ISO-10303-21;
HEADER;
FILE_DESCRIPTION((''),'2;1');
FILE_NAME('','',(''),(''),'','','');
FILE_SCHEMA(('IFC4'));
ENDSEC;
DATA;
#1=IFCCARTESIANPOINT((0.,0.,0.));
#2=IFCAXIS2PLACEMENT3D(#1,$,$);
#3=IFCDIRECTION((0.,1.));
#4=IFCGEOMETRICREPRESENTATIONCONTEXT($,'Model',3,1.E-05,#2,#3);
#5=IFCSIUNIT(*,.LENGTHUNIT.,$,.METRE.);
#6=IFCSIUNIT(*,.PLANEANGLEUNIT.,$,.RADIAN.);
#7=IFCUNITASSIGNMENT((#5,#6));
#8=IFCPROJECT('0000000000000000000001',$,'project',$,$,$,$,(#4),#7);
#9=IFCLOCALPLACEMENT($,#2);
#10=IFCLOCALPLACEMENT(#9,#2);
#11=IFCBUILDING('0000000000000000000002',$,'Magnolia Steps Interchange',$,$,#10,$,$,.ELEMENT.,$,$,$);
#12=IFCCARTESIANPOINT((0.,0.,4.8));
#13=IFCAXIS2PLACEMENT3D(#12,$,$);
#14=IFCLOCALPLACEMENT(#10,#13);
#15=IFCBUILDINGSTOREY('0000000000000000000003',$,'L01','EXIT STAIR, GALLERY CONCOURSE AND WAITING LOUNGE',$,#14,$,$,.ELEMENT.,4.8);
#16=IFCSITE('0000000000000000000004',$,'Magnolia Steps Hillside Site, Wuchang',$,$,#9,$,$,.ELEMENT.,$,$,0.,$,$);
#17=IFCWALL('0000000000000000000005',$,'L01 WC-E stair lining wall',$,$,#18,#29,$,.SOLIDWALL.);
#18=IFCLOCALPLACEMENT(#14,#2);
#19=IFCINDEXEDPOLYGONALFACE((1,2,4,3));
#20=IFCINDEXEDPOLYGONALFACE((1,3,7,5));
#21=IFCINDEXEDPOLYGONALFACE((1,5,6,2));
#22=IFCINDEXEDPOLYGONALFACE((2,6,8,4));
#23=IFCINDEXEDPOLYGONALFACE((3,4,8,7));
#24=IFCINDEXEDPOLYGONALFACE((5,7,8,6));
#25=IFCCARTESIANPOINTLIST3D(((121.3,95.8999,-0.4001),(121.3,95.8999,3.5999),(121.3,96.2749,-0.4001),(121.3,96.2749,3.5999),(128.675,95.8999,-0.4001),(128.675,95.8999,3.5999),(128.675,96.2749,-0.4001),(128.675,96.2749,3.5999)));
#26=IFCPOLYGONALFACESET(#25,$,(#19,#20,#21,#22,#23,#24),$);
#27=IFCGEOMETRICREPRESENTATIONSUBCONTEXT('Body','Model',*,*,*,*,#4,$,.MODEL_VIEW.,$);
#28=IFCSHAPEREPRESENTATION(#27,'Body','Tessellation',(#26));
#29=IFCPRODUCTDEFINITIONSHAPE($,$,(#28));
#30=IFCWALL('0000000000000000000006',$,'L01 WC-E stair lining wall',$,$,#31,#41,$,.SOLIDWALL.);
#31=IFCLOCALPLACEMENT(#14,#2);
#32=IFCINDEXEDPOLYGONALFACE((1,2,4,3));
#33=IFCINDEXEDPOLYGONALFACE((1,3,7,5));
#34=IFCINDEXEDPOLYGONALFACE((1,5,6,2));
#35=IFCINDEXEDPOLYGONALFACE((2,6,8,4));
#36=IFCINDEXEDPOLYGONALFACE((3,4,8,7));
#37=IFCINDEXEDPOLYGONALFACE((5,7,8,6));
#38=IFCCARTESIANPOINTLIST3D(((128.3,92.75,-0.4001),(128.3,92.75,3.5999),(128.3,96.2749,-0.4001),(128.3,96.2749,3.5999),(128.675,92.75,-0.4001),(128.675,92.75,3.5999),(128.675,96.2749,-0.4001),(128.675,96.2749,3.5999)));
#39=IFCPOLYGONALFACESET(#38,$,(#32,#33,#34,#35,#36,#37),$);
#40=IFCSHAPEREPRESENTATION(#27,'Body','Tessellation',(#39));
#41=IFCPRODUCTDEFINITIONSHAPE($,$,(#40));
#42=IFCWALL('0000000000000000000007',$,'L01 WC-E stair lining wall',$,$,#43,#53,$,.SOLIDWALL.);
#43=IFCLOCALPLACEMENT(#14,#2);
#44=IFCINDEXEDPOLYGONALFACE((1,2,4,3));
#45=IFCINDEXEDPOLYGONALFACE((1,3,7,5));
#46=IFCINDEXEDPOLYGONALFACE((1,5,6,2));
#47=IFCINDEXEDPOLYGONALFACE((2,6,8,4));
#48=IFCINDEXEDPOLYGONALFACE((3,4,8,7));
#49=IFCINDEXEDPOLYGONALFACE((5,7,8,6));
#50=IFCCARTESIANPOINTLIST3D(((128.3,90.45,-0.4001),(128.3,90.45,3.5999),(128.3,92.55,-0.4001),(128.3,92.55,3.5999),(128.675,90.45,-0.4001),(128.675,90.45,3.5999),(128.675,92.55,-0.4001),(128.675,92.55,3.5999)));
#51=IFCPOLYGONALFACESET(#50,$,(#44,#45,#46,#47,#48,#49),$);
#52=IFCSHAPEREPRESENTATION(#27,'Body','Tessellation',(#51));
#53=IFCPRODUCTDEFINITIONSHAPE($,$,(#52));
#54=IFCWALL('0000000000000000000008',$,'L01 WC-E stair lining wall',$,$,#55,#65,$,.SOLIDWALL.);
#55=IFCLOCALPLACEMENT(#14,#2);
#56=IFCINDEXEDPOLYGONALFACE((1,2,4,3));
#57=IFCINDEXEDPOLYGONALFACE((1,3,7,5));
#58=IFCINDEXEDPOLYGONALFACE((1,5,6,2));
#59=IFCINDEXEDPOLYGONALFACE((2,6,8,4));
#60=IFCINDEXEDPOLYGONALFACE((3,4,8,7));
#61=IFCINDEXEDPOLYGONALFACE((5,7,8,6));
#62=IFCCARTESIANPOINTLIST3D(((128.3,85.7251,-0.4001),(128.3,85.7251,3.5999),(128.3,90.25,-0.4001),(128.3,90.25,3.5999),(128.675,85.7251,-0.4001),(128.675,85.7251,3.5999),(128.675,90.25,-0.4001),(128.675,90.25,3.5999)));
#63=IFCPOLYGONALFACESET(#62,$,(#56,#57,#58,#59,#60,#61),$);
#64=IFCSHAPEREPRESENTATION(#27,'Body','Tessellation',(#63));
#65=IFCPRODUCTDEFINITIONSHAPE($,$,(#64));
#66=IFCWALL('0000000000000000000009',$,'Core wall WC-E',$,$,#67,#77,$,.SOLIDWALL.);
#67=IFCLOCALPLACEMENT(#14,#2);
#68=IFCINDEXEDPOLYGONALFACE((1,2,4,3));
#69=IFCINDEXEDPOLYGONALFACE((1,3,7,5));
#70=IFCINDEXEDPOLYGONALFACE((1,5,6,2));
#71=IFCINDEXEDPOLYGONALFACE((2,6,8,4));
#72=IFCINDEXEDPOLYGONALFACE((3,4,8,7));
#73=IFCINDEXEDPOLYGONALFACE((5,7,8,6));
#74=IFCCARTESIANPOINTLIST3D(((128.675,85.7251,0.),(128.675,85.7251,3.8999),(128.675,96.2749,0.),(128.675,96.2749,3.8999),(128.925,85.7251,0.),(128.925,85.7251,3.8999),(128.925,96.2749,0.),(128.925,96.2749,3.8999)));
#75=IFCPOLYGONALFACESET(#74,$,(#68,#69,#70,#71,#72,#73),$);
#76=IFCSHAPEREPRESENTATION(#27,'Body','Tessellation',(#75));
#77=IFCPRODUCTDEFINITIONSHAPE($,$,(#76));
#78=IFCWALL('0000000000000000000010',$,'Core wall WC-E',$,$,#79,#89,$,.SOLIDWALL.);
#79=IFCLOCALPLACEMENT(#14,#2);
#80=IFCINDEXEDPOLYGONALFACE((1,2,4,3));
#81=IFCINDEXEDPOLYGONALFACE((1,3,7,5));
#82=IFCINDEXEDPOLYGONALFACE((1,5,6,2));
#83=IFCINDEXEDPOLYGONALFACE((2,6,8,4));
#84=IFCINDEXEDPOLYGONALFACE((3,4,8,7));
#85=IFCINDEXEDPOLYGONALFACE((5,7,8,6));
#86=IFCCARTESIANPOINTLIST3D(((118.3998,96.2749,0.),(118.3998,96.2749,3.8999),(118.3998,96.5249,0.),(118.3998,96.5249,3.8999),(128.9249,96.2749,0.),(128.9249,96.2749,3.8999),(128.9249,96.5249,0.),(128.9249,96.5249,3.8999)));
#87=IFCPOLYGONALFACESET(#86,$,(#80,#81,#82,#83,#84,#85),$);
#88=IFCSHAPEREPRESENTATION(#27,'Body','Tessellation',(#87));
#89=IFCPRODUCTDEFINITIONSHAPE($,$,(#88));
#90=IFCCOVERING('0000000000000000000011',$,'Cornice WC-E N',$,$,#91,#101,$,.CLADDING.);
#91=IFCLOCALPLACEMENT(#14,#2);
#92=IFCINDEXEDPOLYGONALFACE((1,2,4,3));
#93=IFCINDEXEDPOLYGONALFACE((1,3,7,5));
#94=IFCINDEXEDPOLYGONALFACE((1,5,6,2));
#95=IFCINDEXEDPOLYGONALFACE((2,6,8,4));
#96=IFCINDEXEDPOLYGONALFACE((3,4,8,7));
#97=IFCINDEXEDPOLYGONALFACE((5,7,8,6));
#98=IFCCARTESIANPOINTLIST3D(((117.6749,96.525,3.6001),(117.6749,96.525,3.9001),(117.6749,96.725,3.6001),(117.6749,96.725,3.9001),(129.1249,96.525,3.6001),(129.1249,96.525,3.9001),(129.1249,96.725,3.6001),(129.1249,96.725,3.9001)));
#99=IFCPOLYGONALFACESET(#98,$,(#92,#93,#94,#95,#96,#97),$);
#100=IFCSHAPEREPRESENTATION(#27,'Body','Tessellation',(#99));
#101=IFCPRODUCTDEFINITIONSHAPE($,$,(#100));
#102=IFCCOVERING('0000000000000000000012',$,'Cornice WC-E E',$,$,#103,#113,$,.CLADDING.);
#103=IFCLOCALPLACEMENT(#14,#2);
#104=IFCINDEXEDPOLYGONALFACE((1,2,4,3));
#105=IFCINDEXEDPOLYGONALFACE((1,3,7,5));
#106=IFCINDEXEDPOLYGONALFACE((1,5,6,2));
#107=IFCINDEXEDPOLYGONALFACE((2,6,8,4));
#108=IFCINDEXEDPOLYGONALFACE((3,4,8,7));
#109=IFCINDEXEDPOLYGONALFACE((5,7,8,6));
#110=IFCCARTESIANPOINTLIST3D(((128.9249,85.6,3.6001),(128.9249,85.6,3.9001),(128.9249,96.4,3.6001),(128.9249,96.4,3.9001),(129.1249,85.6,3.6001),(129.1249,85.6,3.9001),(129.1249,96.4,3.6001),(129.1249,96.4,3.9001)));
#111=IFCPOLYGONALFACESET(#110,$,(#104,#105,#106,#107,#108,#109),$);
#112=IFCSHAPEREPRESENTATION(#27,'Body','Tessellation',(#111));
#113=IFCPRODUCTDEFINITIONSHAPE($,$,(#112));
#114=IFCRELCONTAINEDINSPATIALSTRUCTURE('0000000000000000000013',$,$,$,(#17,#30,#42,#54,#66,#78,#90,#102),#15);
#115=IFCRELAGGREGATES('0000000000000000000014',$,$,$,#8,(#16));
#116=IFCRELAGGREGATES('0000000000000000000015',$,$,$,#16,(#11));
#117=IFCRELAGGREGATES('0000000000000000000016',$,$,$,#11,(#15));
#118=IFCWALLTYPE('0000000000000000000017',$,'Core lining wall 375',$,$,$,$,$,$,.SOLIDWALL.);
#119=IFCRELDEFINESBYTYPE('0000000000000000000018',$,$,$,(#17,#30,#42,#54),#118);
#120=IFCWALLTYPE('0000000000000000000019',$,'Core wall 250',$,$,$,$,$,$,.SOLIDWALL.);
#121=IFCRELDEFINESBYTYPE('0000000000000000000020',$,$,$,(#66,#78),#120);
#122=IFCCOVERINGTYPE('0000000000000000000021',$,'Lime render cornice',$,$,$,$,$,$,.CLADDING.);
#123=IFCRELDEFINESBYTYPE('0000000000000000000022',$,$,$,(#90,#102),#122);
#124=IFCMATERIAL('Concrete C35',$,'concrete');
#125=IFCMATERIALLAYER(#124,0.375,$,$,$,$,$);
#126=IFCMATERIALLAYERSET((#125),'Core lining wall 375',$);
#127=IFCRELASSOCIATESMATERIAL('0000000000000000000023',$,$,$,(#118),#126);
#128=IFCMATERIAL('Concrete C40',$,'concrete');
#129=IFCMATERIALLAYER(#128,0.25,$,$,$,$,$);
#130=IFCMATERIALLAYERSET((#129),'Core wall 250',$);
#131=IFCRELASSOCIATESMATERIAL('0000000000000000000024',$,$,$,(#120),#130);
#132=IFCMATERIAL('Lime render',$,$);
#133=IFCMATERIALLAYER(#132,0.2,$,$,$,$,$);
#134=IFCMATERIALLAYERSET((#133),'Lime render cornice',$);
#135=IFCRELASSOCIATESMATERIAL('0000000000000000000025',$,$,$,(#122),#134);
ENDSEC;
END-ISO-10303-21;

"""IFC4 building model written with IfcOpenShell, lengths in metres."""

from ifc_helpers import new_model, si_unit, direction, frame, frame_2d, origin, origin_2d, place, context, subcontext, project, spatial, rectangle, extrude, material, layer, layer_set, type_object, element, save


model = new_model("IFC4")

# Units and contexts
model_context = context("Model", 3, precision=1e-05, world=origin(), true_north=direction((0.0, 1.0)))
body_context = subcontext(model_context, "Body", "Model", "MODEL_VIEW")
ifc_project = project(units=[si_unit("LENGTHUNIT", "METRE"), si_unit("PLANEANGLEUNIT", "RADIAN")], contexts=[model_context])

# Site, building, storey
site_placement = place(None, origin())
site = spatial("IfcSite", under=ifc_project, at=site_placement, Name="Magnolia Steps Hillside Site, Wuchang", CompositionType="ELEMENT", RefElevation=0.0)
building_placement = place(site_placement, origin())
building = spatial("IfcBuilding", under=site, at=building_placement, Name="Magnolia Steps Interchange", CompositionType="ELEMENT")
storey_placement = place(building_placement, frame((0.0, 0.0, 4.8)))
storey = spatial("IfcBuildingStorey", under=building, at=storey_placement, Name="L01", Description="EXIT STAIR, GALLERY CONCOURSE AND WAITING LOUNGE", CompositionType="ELEMENT", Elevation=4.8)

# Walls
ifc_material_1 = material(Name="Concrete C35", Category="concrete")
ifc_layer_1 = layer(ifc_material_1, 0.375)
ifc_layer_set_1 = layer_set([ifc_layer_1], Name="Core lining wall 375")
wall_type_1 = type_object("IfcWallType", Name="Core lining wall 375", PredefinedType="SOLIDWALL", material=ifc_layer_set_1)
wall_1_placement = place(storey_placement, frame((121.3, 96.0874, -0.4001), z_axis=(0.0, 0.0, 1.0), x_axis=(1.0, 0.0, 0.0)))
element("IfcWall", 1, at=wall_1_placement, inside=storey, type_object=wall_type_1, Name="L01 WC-E stair lining wall", PredefinedType="SOLIDWALL", context=body_context, shape_type="SweptSolid", body=[
    extrude(rectangle(XDim=7.375, YDim=0.375, at=frame_2d((3.6875, 0.0))), origin(), (0.0, 0.0, 1.0), 4.0),
])
wall_2_placement = place(storey_placement, frame((128.4875, 96.2749, -0.4001), z_axis=(0.0, 0.0, 1.0), x_axis=(0.0, -1.0, 0.0)))
element("IfcWall", 2, at=wall_2_placement, inside=storey, type_object=wall_type_1, Name="L01 WC-E stair lining wall", PredefinedType="SOLIDWALL", context=body_context, shape_type="SweptSolid", body=[
    extrude(rectangle(XDim=3.5249, YDim=0.375, at=frame_2d((1.7625, 0.0))), origin(), (0.0, 0.0, 1.0), 4.0),
])
wall_3_placement = place(storey_placement, frame((128.4875, 92.55, -0.4001), z_axis=(0.0, 0.0, 1.0), x_axis=(0.0, -1.0, 0.0)))
element("IfcWall", 3, at=wall_3_placement, inside=storey, type_object=wall_type_1, Name="L01 WC-E stair lining wall", PredefinedType="SOLIDWALL", context=body_context, shape_type="SweptSolid", body=[
    extrude(rectangle(XDim=2.1001, YDim=0.375, at=frame_2d((1.05, 0.0))), origin(), (0.0, 0.0, 1.0), 4.0),
])
wall_4_placement = place(storey_placement, frame((128.4875, 90.25, -0.4001), z_axis=(0.0, 0.0, 1.0), x_axis=(0.0, -1.0, 0.0)))
element("IfcWall", 4, at=wall_4_placement, inside=storey, type_object=wall_type_1, Name="L01 WC-E stair lining wall", PredefinedType="SOLIDWALL", context=body_context, shape_type="SweptSolid", body=[
    extrude(rectangle(XDim=4.5249, YDim=0.375, at=frame_2d((2.2625, 0.0))), origin(), (0.0, 0.0, 1.0), 4.0),
])
ifc_material_2 = material(Name="Concrete C40", Category="concrete")
ifc_layer_2 = layer(ifc_material_2, 0.25)
ifc_layer_set_2 = layer_set([ifc_layer_2], Name="Core wall 250")
wall_type_2 = type_object("IfcWallType", Name="Core wall 250", PredefinedType="SOLIDWALL", material=ifc_layer_set_2)
wall_5_placement = place(storey_placement, frame((128.8, 85.7251, 0.0), z_axis=(0.0, 0.0, 1.0), x_axis=(0.0, 1.0, 0.0)))
element("IfcWall", 5, at=wall_5_placement, inside=storey, type_object=wall_type_2, Name="Core wall WC-E", PredefinedType="SOLIDWALL", context=body_context, shape_type="SweptSolid", body=[
    extrude(rectangle(XDim=10.5498, YDim=0.25, at=frame_2d((5.2749, 0.0))), origin(), (0.0, 0.0, 1.0), 3.8999),
])
wall_6_placement = place(storey_placement, frame((128.925, 96.3999, 0.0), z_axis=(0.0, 0.0, 1.0), x_axis=(-1.0, 0.0, 0.0)))
element("IfcWall", 6, at=wall_6_placement, inside=storey, type_object=wall_type_2, Name="Core wall WC-E", PredefinedType="SOLIDWALL", context=body_context, shape_type="SweptSolid", body=[
    extrude(rectangle(XDim=10.5251, YDim=0.25, at=frame_2d((5.2627, 0.0))), origin(), (0.0, 0.0, 1.0), 3.8999),
])

# Coverings
ifc_material_3 = material(Name="Lime render")
ifc_layer_3 = layer(ifc_material_3, 0.2)
ifc_layer_set_3 = layer_set([ifc_layer_3], Name="Lime render cornice")
covering_type = type_object("IfcCoveringType", Name="Lime render cornice", PredefinedType="CLADDING", material=ifc_layer_set_3)
covering_1_placement = place(storey_placement, frame((123.3999, 96.625, 3.6001), z_axis=(0.0, 0.0, 1.0), x_axis=(1.0, 0.0, 0.0)))
element("IfcCovering", 7, at=covering_1_placement, inside=storey, type_object=covering_type, Name="Cornice WC-E N", PredefinedType="CLADDING", context=body_context, shape_type="SweptSolid", body=[
    extrude(rectangle(XDim=11.45, YDim=0.2, at=origin_2d()), origin(), (0.0, 0.0, 1.0), 0.3),
])
covering_2_placement = place(storey_placement, frame((129.0249, 91.0, 3.6001), z_axis=(0.0, 0.0, 1.0), x_axis=(1.0, 0.0, 0.0)))
element("IfcCovering", 8, at=covering_2_placement, inside=storey, type_object=covering_type, Name="Cornice WC-E E", PredefinedType="CLADDING", context=body_context, shape_type="SweptSolid", body=[
    extrude(rectangle(XDim=0.2, YDim=10.8, at=origin_2d()), origin(), (0.0, 0.0, 1.0), 0.3),
])

save(model, "model.ifc")
